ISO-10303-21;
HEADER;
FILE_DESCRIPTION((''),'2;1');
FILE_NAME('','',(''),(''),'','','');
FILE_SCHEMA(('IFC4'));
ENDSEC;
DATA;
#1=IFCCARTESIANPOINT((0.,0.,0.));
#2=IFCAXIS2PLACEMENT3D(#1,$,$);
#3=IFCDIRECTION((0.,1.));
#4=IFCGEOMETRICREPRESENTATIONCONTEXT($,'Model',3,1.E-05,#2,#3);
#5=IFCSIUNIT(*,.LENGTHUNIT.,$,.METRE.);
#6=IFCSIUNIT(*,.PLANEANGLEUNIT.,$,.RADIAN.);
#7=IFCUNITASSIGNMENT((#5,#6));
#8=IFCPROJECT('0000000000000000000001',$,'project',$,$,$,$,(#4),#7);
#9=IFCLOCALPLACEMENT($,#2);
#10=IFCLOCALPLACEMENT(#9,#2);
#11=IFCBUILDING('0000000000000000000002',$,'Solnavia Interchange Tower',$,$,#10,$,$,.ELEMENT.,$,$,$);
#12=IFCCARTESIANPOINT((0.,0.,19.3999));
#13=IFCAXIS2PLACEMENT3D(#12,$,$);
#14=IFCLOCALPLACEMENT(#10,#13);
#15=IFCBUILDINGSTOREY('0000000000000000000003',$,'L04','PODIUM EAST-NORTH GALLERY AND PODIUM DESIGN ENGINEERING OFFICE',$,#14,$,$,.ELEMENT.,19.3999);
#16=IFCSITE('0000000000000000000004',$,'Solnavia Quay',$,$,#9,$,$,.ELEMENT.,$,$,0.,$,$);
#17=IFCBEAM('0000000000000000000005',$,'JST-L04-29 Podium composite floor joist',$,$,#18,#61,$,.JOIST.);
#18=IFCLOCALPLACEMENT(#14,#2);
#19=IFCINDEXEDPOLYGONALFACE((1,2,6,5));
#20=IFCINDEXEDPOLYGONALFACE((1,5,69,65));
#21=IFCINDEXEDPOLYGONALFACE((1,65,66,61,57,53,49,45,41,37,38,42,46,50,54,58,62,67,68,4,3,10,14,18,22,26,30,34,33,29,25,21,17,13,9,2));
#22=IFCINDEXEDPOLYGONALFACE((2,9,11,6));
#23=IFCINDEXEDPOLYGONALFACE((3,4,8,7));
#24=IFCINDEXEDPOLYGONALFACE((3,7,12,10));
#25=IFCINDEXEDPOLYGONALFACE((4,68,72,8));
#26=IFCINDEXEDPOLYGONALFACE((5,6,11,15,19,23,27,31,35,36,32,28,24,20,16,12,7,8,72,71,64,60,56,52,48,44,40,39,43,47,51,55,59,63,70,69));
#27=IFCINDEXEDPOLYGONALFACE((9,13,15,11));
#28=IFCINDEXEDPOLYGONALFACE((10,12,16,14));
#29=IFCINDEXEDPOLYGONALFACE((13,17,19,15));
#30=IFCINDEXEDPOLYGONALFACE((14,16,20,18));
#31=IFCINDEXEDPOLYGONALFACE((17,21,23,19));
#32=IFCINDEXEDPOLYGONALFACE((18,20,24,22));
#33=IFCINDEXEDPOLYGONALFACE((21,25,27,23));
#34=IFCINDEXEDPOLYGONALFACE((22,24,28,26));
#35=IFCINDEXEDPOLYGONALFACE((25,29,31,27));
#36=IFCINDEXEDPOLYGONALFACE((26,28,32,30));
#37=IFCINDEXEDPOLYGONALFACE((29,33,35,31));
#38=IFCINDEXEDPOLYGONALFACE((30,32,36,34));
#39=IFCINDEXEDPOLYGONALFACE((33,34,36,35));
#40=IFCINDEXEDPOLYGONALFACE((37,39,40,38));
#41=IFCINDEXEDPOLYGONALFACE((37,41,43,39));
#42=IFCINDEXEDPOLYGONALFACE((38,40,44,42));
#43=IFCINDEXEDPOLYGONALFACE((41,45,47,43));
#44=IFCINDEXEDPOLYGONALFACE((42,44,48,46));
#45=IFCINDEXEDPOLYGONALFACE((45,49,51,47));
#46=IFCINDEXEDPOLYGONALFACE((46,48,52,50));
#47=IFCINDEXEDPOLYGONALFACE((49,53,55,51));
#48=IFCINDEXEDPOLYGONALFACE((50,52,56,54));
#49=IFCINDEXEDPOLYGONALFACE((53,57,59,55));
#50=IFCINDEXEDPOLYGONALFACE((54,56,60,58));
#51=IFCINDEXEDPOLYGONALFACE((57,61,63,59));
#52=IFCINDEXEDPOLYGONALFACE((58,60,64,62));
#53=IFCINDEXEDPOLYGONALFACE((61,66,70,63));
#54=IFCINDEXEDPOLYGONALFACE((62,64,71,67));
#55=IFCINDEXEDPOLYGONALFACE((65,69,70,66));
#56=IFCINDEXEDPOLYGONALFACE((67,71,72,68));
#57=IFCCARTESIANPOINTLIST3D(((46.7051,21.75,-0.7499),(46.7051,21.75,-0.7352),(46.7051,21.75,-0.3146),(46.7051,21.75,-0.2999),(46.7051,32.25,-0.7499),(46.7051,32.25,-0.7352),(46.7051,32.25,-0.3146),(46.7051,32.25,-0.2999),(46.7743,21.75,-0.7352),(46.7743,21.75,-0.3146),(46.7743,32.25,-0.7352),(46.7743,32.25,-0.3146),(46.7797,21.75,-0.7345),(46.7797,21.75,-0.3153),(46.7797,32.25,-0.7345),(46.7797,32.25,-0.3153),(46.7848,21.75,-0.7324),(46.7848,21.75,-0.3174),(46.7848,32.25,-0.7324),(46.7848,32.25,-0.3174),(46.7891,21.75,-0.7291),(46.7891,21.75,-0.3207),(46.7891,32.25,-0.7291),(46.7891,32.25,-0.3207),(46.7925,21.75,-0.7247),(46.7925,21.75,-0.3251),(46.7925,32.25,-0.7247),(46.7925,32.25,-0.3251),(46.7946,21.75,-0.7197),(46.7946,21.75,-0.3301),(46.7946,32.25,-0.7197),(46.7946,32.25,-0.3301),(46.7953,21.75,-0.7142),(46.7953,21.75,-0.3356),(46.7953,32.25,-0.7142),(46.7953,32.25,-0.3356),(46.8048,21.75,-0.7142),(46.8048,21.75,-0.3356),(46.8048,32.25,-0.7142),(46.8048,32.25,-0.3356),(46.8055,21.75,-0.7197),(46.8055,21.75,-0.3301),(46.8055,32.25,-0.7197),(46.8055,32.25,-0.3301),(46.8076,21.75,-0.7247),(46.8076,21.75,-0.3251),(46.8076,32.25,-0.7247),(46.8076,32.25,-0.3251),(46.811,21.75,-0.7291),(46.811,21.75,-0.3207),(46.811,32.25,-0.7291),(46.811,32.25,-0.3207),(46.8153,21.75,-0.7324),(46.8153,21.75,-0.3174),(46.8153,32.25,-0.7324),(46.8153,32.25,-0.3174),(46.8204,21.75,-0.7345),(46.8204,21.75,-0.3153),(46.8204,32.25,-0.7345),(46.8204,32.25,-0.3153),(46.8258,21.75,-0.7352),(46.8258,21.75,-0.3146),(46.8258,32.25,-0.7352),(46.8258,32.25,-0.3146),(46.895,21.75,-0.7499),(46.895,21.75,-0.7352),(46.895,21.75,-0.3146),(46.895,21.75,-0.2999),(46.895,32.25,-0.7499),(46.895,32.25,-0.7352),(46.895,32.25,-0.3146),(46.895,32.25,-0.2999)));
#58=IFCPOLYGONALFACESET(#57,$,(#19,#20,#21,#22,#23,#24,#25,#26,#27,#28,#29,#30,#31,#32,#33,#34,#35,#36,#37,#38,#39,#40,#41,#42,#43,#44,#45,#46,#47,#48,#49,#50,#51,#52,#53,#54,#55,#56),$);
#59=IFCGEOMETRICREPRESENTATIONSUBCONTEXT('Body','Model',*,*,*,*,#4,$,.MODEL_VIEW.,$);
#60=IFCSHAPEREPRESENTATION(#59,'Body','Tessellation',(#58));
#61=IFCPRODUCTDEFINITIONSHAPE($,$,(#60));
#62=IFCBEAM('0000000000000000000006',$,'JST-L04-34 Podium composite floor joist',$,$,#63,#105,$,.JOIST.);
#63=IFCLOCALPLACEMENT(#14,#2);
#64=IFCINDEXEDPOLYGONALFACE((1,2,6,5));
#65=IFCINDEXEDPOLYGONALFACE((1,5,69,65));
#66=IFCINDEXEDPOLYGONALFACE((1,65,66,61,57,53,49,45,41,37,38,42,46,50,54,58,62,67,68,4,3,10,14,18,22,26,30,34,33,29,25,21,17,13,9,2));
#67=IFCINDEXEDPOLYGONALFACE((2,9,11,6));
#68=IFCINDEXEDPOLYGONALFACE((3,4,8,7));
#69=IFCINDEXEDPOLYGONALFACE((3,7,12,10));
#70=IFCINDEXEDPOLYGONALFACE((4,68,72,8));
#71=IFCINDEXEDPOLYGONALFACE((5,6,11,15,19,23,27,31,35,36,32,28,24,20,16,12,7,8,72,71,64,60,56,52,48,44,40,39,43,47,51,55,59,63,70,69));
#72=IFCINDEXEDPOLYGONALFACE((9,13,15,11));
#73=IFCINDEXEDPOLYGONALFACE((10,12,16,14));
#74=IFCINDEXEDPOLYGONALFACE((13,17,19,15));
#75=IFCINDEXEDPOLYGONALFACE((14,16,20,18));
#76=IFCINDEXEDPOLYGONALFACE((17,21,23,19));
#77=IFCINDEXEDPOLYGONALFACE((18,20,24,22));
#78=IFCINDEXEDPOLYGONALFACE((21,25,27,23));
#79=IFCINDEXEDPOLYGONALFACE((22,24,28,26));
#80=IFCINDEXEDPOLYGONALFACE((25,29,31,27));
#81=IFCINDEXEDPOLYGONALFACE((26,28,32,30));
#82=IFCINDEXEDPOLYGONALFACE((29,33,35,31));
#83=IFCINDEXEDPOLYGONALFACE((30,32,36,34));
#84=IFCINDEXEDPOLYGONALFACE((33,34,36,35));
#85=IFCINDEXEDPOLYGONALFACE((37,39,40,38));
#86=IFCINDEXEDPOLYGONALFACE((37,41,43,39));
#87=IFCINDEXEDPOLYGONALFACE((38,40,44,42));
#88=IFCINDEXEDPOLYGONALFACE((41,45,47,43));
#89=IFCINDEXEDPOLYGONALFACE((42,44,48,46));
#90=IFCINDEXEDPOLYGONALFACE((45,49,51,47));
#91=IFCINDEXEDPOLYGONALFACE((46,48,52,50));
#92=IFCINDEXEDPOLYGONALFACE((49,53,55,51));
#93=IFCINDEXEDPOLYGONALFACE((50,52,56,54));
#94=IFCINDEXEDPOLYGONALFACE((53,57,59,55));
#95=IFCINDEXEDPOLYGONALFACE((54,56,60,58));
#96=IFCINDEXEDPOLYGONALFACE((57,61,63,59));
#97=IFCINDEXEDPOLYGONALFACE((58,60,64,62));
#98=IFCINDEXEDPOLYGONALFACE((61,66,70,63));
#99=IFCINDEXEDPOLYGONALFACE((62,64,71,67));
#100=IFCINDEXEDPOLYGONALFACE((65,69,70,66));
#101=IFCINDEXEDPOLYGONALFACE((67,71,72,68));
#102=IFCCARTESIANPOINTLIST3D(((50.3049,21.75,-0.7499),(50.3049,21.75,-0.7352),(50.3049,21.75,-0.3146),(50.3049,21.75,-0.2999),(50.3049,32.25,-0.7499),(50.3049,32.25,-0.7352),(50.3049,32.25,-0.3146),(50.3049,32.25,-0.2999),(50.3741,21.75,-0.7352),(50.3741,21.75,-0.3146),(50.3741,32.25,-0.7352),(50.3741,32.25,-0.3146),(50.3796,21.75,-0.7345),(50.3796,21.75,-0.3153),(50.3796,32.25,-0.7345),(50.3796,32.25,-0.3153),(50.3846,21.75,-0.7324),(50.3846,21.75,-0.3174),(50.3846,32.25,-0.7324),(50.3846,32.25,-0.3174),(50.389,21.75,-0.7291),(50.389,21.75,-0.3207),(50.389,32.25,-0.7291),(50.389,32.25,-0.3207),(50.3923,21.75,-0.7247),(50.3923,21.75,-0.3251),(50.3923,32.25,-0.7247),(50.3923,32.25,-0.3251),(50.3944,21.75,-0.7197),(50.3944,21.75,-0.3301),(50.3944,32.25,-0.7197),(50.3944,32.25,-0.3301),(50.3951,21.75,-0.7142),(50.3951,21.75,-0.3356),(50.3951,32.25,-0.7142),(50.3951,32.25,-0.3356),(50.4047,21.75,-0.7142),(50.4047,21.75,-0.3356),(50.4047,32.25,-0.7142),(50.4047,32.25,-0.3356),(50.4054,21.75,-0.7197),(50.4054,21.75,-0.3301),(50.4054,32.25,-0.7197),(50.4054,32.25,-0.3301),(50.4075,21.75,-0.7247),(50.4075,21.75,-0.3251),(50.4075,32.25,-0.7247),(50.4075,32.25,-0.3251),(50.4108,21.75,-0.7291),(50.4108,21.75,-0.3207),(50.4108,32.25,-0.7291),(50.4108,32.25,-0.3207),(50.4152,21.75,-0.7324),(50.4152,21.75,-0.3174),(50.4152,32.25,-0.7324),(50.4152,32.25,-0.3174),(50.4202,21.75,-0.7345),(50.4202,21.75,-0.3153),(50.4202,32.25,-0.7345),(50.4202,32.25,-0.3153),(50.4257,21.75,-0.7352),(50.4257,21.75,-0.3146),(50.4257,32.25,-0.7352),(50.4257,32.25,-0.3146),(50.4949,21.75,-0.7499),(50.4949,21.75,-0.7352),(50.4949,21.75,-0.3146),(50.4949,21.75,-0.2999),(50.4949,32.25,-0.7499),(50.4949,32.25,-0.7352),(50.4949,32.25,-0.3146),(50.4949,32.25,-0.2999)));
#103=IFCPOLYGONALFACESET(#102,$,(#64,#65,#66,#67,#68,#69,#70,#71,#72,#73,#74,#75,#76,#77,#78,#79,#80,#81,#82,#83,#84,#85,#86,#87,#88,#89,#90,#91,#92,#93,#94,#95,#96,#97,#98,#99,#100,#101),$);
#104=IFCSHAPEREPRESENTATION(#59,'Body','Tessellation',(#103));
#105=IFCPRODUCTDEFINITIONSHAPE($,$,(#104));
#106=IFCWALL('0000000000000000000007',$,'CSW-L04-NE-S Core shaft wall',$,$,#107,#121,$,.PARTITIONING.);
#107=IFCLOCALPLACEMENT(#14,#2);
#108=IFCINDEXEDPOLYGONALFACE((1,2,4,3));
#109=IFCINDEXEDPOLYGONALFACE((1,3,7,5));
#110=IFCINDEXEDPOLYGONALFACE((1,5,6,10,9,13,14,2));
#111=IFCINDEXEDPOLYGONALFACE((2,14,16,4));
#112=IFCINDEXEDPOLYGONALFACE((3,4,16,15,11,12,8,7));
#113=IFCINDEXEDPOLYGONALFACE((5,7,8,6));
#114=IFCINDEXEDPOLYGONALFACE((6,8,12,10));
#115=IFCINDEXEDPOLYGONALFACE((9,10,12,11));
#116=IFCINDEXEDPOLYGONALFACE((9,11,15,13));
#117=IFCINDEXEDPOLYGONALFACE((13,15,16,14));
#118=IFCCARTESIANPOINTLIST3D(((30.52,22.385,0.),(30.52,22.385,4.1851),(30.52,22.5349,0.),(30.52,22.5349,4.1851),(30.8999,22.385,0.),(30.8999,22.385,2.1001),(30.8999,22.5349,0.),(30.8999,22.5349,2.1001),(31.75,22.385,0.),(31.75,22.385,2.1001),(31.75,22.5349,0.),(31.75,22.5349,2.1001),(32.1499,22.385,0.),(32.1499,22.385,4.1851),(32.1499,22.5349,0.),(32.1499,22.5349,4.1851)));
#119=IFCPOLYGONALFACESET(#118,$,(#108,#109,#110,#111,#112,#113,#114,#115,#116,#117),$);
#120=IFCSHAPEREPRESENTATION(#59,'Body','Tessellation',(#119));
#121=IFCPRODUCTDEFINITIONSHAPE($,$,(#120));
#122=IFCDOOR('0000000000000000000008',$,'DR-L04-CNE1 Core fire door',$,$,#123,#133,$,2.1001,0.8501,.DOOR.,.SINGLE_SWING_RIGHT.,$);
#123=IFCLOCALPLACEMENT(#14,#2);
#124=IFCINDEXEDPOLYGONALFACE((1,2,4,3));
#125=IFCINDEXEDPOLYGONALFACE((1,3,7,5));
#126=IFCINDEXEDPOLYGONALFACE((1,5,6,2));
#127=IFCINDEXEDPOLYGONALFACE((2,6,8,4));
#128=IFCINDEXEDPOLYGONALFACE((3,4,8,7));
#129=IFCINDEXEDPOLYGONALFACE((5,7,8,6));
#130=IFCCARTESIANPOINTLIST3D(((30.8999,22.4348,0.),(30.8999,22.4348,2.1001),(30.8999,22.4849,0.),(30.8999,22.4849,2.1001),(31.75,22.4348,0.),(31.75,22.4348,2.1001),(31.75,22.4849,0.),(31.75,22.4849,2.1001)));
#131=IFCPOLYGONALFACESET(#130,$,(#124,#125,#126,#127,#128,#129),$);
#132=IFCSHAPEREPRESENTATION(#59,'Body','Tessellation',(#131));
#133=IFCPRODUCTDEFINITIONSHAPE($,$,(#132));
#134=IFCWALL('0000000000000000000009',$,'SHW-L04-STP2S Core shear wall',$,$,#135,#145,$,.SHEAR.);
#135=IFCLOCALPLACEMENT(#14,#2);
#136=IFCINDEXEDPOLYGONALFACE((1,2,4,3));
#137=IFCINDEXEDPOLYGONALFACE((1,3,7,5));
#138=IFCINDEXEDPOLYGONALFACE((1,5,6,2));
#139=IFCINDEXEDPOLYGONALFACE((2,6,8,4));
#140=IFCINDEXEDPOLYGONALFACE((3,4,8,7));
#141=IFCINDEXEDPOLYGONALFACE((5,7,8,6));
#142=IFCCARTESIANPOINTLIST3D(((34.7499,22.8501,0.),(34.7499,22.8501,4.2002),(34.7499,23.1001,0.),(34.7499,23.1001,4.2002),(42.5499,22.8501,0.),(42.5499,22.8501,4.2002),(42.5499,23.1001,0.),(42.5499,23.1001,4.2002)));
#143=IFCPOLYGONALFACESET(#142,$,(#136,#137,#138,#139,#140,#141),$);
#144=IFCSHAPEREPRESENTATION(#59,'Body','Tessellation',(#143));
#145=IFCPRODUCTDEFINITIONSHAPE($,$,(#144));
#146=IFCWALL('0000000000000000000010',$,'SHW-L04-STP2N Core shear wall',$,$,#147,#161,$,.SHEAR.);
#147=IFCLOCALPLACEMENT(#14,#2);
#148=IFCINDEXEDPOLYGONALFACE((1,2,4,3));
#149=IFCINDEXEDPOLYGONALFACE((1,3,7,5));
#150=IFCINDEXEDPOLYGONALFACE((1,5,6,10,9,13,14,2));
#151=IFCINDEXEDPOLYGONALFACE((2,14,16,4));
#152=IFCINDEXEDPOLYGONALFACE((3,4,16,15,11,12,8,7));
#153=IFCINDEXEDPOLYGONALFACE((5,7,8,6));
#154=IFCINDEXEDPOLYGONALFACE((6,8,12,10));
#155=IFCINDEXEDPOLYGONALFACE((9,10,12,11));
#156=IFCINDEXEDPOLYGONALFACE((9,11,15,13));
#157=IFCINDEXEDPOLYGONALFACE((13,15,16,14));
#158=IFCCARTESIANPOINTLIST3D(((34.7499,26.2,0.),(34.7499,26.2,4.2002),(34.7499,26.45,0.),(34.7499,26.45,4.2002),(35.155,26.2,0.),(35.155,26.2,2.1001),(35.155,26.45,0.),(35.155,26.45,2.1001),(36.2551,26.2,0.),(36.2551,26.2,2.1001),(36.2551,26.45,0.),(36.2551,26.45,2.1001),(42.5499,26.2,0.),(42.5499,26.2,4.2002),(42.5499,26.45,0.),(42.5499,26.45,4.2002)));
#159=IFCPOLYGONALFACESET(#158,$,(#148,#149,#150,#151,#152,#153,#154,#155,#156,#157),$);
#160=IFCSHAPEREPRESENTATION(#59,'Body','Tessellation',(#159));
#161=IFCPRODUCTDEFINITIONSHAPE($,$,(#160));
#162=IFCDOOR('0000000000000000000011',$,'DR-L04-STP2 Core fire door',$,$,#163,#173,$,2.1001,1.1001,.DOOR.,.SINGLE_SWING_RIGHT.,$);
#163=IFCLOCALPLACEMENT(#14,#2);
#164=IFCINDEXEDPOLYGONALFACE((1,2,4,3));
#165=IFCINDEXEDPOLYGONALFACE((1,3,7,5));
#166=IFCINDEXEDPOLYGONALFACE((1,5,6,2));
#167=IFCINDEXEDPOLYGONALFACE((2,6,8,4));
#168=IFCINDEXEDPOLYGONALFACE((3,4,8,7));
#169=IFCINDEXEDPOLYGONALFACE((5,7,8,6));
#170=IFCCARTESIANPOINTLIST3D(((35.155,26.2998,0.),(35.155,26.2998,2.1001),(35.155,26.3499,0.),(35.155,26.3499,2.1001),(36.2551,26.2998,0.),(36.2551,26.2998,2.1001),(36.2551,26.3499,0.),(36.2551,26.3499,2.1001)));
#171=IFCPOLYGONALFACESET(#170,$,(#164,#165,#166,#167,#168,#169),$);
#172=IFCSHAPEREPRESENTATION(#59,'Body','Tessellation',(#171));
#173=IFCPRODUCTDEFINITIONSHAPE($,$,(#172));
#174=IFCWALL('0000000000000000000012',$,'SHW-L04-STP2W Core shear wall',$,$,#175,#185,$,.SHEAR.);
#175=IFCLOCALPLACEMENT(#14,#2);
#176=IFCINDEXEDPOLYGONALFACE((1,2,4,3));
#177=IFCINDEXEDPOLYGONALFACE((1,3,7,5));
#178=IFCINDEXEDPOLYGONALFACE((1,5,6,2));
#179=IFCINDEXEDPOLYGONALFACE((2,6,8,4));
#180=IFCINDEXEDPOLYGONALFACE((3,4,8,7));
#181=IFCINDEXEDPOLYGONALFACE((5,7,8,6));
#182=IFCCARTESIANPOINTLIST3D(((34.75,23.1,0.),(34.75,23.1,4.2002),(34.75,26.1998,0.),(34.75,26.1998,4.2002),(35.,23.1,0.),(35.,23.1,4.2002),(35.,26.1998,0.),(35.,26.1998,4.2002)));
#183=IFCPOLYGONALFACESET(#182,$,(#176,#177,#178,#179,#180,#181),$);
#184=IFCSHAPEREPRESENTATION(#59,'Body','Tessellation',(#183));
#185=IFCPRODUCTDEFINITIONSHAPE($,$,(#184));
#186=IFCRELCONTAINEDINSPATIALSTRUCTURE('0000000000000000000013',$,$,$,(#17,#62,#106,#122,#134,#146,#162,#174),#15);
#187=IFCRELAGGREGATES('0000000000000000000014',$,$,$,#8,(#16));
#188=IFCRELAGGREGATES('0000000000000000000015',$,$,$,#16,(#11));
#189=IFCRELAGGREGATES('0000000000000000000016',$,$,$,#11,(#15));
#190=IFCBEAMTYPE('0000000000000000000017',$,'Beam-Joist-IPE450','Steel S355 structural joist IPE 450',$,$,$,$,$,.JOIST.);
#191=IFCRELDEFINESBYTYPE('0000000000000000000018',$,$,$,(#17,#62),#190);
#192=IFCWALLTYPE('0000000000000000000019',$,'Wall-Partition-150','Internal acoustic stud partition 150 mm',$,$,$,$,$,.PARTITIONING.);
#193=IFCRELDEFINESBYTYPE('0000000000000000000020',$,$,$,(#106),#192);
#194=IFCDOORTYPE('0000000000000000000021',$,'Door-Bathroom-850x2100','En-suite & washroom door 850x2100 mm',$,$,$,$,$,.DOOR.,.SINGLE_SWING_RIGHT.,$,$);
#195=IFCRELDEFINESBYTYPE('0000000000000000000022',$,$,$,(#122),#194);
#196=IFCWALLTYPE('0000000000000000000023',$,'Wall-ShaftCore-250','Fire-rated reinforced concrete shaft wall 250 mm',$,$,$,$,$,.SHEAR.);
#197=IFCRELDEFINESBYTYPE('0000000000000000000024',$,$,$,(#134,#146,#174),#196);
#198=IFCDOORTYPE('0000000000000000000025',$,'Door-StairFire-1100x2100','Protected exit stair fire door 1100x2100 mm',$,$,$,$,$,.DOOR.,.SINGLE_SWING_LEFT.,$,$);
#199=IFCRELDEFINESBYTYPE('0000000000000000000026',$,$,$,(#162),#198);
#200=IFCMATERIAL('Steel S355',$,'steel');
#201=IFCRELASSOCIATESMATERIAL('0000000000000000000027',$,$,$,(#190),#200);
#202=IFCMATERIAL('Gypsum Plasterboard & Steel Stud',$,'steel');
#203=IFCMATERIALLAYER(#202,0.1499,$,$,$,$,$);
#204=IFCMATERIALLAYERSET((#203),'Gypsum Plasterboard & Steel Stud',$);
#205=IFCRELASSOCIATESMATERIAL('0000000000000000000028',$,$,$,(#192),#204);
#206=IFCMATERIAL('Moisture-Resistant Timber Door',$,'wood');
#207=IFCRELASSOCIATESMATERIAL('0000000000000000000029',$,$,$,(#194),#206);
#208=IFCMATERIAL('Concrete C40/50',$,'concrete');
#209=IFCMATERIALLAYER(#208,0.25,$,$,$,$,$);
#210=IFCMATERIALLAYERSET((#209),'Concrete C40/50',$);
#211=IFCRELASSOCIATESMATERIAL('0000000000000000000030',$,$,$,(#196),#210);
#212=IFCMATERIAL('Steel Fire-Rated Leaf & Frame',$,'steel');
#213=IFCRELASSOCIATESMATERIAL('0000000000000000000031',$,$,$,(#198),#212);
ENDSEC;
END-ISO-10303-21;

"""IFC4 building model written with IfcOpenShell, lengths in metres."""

from ifc_helpers import new_model, si_unit, direction, frame, frame_2d, origin, origin_2d, place, context, subcontext, project, spatial, rectangle, i_section, extrude, material, layer, layer_set, material_profile, profile_set, type_object, element, fill, save


model = new_model("IFC4")

# Units and contexts
model_context = context("Model", 3, precision=1e-05, world=origin(), true_north=direction((0.0, 1.0)))
body_context = subcontext(model_context, "Body", "Model", "MODEL_VIEW")
ifc_project = project(units=[si_unit("LENGTHUNIT", "METRE"), si_unit("PLANEANGLEUNIT", "RADIAN")], contexts=[model_context])

# Site, building, storey
site_placement = place(None, origin())
site = spatial("IfcSite", under=ifc_project, at=site_placement, Name="Solnavia Quay", CompositionType="ELEMENT", RefElevation=0.0)
building_placement = place(site_placement, origin())
building = spatial("IfcBuilding", under=site, at=building_placement, Name="Solnavia Interchange Tower", CompositionType="ELEMENT")
storey_placement = place(building_placement, frame((0.0, 0.0, 19.3999)))
storey = spatial("IfcBuildingStorey", under=building, at=storey_placement, Name="L04", Description="PODIUM EAST-NORTH GALLERY AND PODIUM DESIGN ENGINEERING OFFICE", CompositionType="ELEMENT", Elevation=19.3999)

# Beams
ifc_material_1 = material(Name="Steel S355", Category="steel")
ifc_material_profile_1 = material_profile(ifc_material_1, i_section(OverallWidth=0.1899, OverallDepth=0.45, WebThickness=0.0095, FlangeThickness=0.0146, FilletRadius=0.021, at=origin_2d()), Name="IPE 450")
ifc_profile_set_1 = profile_set([ifc_material_profile_1], Name="Steel S355")
beam_type_1 = type_object("IfcBeamType", Name="Beam-Joist-IPE450", Description="Steel S355 structural joist IPE 450", PredefinedType="JOIST", material=ifc_profile_set_1)
for number, where, z_axis, x_axis, name in (
    (1, (46.8, 21.75, -0.5249), (0.0, 1.0, 0.0), (-1.0, 0.0, 0.0), "JST-L04-29 Podium composite floor joist"),
    (2, (50.3999, 21.75, -0.5249), (0.0, 1.0, 0.0), (-1.0, 0.0, 0.0), "JST-L04-34 Podium composite floor joist"),
):
    element("IfcBeam", number, at=place(storey_placement, frame(where, z_axis=z_axis, x_axis=x_axis)), inside=storey, type_object=beam_type_1, Name=name, PredefinedType="JOIST", context=body_context, shape_type="SweptSolid", body=[
        extrude(i_section(OverallWidth=0.1899, OverallDepth=0.45, WebThickness=0.0095, FlangeThickness=0.0146, FilletRadius=0.021, at=origin_2d()), origin(), (0.0, 0.0, 1.0), 10.5),
    ])

# Wall, opening, door
ifc_material_2 = material(Name="Gypsum Plasterboard & Steel Stud", Category="steel")
ifc_layer_1 = layer(ifc_material_2, 0.1499)
ifc_layer_set_1 = layer_set([ifc_layer_1], Name="Gypsum Plasterboard & Steel Stud")
wall_type_1 = type_object("IfcWallType", Name="Wall-Partition-150", Description="Internal acoustic stud partition 150 mm", PredefinedType="PARTITIONING", material=ifc_layer_set_1)
wall_1_placement = place(storey_placement, frame((30.52, 22.46, 0.0), z_axis=(0.0, 0.0, 1.0), x_axis=(1.0, 0.0, 0.0)))
wall_1 = element("IfcWall", 3, at=wall_1_placement, inside=storey, type_object=wall_type_1, Name="CSW-L04-NE-S Core shaft wall", PredefinedType="PARTITIONING", context=body_context, shape_type="SweptSolid", body=[
    extrude(rectangle(XDim=1.6299, YDim=0.1499, at=frame_2d((0.8149, 0.0))), origin(), (0.0, 0.0, 1.0), 4.1851),
])
opening_1_placement = place(wall_1_placement, frame((0.3799, 0.0, 0.0)))
opening_1 = element("IfcOpeningElement", 4, at=opening_1_placement, cuts=wall_1, PredefinedType="OPENING", context=body_context, shape_type="SweptSolid", body=[
    extrude(rectangle(XDim=0.8501, YDim=2.1001, at=frame_2d((0.425, 1.05))), frame((0.0, 0.085, 0.0), z_axis=(0.0, -1.0, 0.0), x_axis=(1.0, 0.0, 0.0)), (0.0, 0.0, 1.0), 0.1699),
])
ifc_material_3 = material(Name="Moisture-Resistant Timber Door", Category="wood")
door_type_1 = type_object("IfcDoorType", Name="Door-Bathroom-850x2100", Description="En-suite & washroom door 850x2100 mm", OperationType="SINGLE_SWING_RIGHT", PredefinedType="DOOR", material=ifc_material_3)
door_1_placement = place(opening_1_placement, origin())
door_1 = element("IfcDoor", 5, at=door_1_placement, inside=storey, type_object=door_type_1, Name="DR-L04-CNE1 Core fire door", OperationType="SINGLE_SWING_RIGHT", OverallHeight=2.1001, OverallWidth=0.8501, PredefinedType="DOOR", context=body_context, shape_type="SweptSolid", body=[
    extrude(rectangle(XDim=0.8501, YDim=2.1001, at=frame_2d((0.425, 1.05))), frame((0.0, 0.0249, 0.0), z_axis=(0.0, -1.0, 0.0), x_axis=(1.0, 0.0, 0.0)), (0.0, 0.0, 1.0), 0.05),
])
fill(opening_1, door_1)

# Wall
ifc_material_4 = material(Name="Concrete C40/50", Category="concrete")
ifc_layer_2 = layer(ifc_material_4, 0.25)
ifc_layer_set_2 = layer_set([ifc_layer_2], Name="Concrete C40/50")
wall_type_2 = type_object("IfcWallType", Name="Wall-ShaftCore-250", Description="Fire-rated reinforced concrete shaft wall 250 mm", PredefinedType="SHEAR", material=ifc_layer_set_2)
wall_2_placement = place(storey_placement, frame((34.75, 22.9751, 0.0), z_axis=(0.0, 0.0, 1.0), x_axis=(1.0, 0.0, 0.0)))
element("IfcWall", 6, at=wall_2_placement, inside=storey, type_object=wall_type_2, Name="SHW-L04-STP2S Core shear wall", PredefinedType="SHEAR", context=body_context, shape_type="SweptSolid", body=[
    extrude(rectangle(XDim=7.8, YDim=0.25, at=frame_2d((3.8999, 0.0))), origin(), (0.0, 0.0, 1.0), 4.2002),
])

# Wall, opening, door
wall_3_placement = place(storey_placement, frame((34.75, 26.325, 0.0), z_axis=(0.0, 0.0, 1.0), x_axis=(1.0, 0.0, 0.0)))
wall_3 = element("IfcWall", 7, at=wall_3_placement, inside=storey, type_object=wall_type_2, Name="SHW-L04-STP2N Core shear wall", PredefinedType="SHEAR", context=body_context, shape_type="SweptSolid", body=[
    extrude(rectangle(XDim=7.8, YDim=0.25, at=frame_2d((3.8999, 0.0))), origin(), (0.0, 0.0, 1.0), 4.2002),
])
opening_2_placement = place(wall_3_placement, frame((0.405, 0.0, 0.0)))
opening_2 = element("IfcOpeningElement", 8, at=opening_2_placement, cuts=wall_3, PredefinedType="OPENING", context=body_context, shape_type="SweptSolid", body=[
    extrude(rectangle(XDim=1.1001, YDim=2.1001, at=frame_2d((0.55, 1.05))), frame((0.0, 0.135, 0.0), z_axis=(0.0, -1.0, 0.0), x_axis=(1.0, 0.0, 0.0)), (0.0, 0.0, 1.0), 0.27),
])
ifc_material_5 = material(Name="Steel Fire-Rated Leaf & Frame", Category="steel")
door_type_2 = type_object("IfcDoorType", Name="Door-StairFire-1100x2100", Description="Protected exit stair fire door 1100x2100 mm", OperationType="SINGLE_SWING_LEFT", PredefinedType="DOOR", material=ifc_material_5)
door_2_placement = place(opening_2_placement, origin())
door_2 = element("IfcDoor", 9, at=door_2_placement, inside=storey, type_object=door_type_2, Name="DR-L04-STP2 Core fire door", OperationType="SINGLE_SWING_RIGHT", OverallHeight=2.1001, OverallWidth=1.1001, PredefinedType="DOOR", context=body_context, shape_type="SweptSolid", body=[
    extrude(rectangle(XDim=1.1001, YDim=2.1001, at=frame_2d((0.55, 1.05))), frame((0.0, 0.0249, 0.0), z_axis=(0.0, -1.0, 0.0), x_axis=(1.0, 0.0, 0.0)), (0.0, 0.0, 1.0), 0.05),
])
fill(opening_2, door_2)

# Wall
for number, where, z_axis, x_axis, name in (
    (10, (34.875, 23.1001, 0.0), (0.0, 0.0, 1.0), (0.0, 1.0, 0.0), "SHW-L04-STP2W Core shear wall"),
):
    element("IfcWall", number, at=place(storey_placement, frame(where, z_axis=z_axis, x_axis=x_axis)), inside=storey, type_object=wall_type_2, Name=name, PredefinedType="SHEAR", context=body_context, shape_type="SweptSolid", body=[
        extrude(rectangle(XDim=3.0999, YDim=0.25, at=frame_2d((1.5498, 0.0))), origin(), (0.0, 0.0, 1.0), 4.2002),
    ])

save(model, "model.ifc")
